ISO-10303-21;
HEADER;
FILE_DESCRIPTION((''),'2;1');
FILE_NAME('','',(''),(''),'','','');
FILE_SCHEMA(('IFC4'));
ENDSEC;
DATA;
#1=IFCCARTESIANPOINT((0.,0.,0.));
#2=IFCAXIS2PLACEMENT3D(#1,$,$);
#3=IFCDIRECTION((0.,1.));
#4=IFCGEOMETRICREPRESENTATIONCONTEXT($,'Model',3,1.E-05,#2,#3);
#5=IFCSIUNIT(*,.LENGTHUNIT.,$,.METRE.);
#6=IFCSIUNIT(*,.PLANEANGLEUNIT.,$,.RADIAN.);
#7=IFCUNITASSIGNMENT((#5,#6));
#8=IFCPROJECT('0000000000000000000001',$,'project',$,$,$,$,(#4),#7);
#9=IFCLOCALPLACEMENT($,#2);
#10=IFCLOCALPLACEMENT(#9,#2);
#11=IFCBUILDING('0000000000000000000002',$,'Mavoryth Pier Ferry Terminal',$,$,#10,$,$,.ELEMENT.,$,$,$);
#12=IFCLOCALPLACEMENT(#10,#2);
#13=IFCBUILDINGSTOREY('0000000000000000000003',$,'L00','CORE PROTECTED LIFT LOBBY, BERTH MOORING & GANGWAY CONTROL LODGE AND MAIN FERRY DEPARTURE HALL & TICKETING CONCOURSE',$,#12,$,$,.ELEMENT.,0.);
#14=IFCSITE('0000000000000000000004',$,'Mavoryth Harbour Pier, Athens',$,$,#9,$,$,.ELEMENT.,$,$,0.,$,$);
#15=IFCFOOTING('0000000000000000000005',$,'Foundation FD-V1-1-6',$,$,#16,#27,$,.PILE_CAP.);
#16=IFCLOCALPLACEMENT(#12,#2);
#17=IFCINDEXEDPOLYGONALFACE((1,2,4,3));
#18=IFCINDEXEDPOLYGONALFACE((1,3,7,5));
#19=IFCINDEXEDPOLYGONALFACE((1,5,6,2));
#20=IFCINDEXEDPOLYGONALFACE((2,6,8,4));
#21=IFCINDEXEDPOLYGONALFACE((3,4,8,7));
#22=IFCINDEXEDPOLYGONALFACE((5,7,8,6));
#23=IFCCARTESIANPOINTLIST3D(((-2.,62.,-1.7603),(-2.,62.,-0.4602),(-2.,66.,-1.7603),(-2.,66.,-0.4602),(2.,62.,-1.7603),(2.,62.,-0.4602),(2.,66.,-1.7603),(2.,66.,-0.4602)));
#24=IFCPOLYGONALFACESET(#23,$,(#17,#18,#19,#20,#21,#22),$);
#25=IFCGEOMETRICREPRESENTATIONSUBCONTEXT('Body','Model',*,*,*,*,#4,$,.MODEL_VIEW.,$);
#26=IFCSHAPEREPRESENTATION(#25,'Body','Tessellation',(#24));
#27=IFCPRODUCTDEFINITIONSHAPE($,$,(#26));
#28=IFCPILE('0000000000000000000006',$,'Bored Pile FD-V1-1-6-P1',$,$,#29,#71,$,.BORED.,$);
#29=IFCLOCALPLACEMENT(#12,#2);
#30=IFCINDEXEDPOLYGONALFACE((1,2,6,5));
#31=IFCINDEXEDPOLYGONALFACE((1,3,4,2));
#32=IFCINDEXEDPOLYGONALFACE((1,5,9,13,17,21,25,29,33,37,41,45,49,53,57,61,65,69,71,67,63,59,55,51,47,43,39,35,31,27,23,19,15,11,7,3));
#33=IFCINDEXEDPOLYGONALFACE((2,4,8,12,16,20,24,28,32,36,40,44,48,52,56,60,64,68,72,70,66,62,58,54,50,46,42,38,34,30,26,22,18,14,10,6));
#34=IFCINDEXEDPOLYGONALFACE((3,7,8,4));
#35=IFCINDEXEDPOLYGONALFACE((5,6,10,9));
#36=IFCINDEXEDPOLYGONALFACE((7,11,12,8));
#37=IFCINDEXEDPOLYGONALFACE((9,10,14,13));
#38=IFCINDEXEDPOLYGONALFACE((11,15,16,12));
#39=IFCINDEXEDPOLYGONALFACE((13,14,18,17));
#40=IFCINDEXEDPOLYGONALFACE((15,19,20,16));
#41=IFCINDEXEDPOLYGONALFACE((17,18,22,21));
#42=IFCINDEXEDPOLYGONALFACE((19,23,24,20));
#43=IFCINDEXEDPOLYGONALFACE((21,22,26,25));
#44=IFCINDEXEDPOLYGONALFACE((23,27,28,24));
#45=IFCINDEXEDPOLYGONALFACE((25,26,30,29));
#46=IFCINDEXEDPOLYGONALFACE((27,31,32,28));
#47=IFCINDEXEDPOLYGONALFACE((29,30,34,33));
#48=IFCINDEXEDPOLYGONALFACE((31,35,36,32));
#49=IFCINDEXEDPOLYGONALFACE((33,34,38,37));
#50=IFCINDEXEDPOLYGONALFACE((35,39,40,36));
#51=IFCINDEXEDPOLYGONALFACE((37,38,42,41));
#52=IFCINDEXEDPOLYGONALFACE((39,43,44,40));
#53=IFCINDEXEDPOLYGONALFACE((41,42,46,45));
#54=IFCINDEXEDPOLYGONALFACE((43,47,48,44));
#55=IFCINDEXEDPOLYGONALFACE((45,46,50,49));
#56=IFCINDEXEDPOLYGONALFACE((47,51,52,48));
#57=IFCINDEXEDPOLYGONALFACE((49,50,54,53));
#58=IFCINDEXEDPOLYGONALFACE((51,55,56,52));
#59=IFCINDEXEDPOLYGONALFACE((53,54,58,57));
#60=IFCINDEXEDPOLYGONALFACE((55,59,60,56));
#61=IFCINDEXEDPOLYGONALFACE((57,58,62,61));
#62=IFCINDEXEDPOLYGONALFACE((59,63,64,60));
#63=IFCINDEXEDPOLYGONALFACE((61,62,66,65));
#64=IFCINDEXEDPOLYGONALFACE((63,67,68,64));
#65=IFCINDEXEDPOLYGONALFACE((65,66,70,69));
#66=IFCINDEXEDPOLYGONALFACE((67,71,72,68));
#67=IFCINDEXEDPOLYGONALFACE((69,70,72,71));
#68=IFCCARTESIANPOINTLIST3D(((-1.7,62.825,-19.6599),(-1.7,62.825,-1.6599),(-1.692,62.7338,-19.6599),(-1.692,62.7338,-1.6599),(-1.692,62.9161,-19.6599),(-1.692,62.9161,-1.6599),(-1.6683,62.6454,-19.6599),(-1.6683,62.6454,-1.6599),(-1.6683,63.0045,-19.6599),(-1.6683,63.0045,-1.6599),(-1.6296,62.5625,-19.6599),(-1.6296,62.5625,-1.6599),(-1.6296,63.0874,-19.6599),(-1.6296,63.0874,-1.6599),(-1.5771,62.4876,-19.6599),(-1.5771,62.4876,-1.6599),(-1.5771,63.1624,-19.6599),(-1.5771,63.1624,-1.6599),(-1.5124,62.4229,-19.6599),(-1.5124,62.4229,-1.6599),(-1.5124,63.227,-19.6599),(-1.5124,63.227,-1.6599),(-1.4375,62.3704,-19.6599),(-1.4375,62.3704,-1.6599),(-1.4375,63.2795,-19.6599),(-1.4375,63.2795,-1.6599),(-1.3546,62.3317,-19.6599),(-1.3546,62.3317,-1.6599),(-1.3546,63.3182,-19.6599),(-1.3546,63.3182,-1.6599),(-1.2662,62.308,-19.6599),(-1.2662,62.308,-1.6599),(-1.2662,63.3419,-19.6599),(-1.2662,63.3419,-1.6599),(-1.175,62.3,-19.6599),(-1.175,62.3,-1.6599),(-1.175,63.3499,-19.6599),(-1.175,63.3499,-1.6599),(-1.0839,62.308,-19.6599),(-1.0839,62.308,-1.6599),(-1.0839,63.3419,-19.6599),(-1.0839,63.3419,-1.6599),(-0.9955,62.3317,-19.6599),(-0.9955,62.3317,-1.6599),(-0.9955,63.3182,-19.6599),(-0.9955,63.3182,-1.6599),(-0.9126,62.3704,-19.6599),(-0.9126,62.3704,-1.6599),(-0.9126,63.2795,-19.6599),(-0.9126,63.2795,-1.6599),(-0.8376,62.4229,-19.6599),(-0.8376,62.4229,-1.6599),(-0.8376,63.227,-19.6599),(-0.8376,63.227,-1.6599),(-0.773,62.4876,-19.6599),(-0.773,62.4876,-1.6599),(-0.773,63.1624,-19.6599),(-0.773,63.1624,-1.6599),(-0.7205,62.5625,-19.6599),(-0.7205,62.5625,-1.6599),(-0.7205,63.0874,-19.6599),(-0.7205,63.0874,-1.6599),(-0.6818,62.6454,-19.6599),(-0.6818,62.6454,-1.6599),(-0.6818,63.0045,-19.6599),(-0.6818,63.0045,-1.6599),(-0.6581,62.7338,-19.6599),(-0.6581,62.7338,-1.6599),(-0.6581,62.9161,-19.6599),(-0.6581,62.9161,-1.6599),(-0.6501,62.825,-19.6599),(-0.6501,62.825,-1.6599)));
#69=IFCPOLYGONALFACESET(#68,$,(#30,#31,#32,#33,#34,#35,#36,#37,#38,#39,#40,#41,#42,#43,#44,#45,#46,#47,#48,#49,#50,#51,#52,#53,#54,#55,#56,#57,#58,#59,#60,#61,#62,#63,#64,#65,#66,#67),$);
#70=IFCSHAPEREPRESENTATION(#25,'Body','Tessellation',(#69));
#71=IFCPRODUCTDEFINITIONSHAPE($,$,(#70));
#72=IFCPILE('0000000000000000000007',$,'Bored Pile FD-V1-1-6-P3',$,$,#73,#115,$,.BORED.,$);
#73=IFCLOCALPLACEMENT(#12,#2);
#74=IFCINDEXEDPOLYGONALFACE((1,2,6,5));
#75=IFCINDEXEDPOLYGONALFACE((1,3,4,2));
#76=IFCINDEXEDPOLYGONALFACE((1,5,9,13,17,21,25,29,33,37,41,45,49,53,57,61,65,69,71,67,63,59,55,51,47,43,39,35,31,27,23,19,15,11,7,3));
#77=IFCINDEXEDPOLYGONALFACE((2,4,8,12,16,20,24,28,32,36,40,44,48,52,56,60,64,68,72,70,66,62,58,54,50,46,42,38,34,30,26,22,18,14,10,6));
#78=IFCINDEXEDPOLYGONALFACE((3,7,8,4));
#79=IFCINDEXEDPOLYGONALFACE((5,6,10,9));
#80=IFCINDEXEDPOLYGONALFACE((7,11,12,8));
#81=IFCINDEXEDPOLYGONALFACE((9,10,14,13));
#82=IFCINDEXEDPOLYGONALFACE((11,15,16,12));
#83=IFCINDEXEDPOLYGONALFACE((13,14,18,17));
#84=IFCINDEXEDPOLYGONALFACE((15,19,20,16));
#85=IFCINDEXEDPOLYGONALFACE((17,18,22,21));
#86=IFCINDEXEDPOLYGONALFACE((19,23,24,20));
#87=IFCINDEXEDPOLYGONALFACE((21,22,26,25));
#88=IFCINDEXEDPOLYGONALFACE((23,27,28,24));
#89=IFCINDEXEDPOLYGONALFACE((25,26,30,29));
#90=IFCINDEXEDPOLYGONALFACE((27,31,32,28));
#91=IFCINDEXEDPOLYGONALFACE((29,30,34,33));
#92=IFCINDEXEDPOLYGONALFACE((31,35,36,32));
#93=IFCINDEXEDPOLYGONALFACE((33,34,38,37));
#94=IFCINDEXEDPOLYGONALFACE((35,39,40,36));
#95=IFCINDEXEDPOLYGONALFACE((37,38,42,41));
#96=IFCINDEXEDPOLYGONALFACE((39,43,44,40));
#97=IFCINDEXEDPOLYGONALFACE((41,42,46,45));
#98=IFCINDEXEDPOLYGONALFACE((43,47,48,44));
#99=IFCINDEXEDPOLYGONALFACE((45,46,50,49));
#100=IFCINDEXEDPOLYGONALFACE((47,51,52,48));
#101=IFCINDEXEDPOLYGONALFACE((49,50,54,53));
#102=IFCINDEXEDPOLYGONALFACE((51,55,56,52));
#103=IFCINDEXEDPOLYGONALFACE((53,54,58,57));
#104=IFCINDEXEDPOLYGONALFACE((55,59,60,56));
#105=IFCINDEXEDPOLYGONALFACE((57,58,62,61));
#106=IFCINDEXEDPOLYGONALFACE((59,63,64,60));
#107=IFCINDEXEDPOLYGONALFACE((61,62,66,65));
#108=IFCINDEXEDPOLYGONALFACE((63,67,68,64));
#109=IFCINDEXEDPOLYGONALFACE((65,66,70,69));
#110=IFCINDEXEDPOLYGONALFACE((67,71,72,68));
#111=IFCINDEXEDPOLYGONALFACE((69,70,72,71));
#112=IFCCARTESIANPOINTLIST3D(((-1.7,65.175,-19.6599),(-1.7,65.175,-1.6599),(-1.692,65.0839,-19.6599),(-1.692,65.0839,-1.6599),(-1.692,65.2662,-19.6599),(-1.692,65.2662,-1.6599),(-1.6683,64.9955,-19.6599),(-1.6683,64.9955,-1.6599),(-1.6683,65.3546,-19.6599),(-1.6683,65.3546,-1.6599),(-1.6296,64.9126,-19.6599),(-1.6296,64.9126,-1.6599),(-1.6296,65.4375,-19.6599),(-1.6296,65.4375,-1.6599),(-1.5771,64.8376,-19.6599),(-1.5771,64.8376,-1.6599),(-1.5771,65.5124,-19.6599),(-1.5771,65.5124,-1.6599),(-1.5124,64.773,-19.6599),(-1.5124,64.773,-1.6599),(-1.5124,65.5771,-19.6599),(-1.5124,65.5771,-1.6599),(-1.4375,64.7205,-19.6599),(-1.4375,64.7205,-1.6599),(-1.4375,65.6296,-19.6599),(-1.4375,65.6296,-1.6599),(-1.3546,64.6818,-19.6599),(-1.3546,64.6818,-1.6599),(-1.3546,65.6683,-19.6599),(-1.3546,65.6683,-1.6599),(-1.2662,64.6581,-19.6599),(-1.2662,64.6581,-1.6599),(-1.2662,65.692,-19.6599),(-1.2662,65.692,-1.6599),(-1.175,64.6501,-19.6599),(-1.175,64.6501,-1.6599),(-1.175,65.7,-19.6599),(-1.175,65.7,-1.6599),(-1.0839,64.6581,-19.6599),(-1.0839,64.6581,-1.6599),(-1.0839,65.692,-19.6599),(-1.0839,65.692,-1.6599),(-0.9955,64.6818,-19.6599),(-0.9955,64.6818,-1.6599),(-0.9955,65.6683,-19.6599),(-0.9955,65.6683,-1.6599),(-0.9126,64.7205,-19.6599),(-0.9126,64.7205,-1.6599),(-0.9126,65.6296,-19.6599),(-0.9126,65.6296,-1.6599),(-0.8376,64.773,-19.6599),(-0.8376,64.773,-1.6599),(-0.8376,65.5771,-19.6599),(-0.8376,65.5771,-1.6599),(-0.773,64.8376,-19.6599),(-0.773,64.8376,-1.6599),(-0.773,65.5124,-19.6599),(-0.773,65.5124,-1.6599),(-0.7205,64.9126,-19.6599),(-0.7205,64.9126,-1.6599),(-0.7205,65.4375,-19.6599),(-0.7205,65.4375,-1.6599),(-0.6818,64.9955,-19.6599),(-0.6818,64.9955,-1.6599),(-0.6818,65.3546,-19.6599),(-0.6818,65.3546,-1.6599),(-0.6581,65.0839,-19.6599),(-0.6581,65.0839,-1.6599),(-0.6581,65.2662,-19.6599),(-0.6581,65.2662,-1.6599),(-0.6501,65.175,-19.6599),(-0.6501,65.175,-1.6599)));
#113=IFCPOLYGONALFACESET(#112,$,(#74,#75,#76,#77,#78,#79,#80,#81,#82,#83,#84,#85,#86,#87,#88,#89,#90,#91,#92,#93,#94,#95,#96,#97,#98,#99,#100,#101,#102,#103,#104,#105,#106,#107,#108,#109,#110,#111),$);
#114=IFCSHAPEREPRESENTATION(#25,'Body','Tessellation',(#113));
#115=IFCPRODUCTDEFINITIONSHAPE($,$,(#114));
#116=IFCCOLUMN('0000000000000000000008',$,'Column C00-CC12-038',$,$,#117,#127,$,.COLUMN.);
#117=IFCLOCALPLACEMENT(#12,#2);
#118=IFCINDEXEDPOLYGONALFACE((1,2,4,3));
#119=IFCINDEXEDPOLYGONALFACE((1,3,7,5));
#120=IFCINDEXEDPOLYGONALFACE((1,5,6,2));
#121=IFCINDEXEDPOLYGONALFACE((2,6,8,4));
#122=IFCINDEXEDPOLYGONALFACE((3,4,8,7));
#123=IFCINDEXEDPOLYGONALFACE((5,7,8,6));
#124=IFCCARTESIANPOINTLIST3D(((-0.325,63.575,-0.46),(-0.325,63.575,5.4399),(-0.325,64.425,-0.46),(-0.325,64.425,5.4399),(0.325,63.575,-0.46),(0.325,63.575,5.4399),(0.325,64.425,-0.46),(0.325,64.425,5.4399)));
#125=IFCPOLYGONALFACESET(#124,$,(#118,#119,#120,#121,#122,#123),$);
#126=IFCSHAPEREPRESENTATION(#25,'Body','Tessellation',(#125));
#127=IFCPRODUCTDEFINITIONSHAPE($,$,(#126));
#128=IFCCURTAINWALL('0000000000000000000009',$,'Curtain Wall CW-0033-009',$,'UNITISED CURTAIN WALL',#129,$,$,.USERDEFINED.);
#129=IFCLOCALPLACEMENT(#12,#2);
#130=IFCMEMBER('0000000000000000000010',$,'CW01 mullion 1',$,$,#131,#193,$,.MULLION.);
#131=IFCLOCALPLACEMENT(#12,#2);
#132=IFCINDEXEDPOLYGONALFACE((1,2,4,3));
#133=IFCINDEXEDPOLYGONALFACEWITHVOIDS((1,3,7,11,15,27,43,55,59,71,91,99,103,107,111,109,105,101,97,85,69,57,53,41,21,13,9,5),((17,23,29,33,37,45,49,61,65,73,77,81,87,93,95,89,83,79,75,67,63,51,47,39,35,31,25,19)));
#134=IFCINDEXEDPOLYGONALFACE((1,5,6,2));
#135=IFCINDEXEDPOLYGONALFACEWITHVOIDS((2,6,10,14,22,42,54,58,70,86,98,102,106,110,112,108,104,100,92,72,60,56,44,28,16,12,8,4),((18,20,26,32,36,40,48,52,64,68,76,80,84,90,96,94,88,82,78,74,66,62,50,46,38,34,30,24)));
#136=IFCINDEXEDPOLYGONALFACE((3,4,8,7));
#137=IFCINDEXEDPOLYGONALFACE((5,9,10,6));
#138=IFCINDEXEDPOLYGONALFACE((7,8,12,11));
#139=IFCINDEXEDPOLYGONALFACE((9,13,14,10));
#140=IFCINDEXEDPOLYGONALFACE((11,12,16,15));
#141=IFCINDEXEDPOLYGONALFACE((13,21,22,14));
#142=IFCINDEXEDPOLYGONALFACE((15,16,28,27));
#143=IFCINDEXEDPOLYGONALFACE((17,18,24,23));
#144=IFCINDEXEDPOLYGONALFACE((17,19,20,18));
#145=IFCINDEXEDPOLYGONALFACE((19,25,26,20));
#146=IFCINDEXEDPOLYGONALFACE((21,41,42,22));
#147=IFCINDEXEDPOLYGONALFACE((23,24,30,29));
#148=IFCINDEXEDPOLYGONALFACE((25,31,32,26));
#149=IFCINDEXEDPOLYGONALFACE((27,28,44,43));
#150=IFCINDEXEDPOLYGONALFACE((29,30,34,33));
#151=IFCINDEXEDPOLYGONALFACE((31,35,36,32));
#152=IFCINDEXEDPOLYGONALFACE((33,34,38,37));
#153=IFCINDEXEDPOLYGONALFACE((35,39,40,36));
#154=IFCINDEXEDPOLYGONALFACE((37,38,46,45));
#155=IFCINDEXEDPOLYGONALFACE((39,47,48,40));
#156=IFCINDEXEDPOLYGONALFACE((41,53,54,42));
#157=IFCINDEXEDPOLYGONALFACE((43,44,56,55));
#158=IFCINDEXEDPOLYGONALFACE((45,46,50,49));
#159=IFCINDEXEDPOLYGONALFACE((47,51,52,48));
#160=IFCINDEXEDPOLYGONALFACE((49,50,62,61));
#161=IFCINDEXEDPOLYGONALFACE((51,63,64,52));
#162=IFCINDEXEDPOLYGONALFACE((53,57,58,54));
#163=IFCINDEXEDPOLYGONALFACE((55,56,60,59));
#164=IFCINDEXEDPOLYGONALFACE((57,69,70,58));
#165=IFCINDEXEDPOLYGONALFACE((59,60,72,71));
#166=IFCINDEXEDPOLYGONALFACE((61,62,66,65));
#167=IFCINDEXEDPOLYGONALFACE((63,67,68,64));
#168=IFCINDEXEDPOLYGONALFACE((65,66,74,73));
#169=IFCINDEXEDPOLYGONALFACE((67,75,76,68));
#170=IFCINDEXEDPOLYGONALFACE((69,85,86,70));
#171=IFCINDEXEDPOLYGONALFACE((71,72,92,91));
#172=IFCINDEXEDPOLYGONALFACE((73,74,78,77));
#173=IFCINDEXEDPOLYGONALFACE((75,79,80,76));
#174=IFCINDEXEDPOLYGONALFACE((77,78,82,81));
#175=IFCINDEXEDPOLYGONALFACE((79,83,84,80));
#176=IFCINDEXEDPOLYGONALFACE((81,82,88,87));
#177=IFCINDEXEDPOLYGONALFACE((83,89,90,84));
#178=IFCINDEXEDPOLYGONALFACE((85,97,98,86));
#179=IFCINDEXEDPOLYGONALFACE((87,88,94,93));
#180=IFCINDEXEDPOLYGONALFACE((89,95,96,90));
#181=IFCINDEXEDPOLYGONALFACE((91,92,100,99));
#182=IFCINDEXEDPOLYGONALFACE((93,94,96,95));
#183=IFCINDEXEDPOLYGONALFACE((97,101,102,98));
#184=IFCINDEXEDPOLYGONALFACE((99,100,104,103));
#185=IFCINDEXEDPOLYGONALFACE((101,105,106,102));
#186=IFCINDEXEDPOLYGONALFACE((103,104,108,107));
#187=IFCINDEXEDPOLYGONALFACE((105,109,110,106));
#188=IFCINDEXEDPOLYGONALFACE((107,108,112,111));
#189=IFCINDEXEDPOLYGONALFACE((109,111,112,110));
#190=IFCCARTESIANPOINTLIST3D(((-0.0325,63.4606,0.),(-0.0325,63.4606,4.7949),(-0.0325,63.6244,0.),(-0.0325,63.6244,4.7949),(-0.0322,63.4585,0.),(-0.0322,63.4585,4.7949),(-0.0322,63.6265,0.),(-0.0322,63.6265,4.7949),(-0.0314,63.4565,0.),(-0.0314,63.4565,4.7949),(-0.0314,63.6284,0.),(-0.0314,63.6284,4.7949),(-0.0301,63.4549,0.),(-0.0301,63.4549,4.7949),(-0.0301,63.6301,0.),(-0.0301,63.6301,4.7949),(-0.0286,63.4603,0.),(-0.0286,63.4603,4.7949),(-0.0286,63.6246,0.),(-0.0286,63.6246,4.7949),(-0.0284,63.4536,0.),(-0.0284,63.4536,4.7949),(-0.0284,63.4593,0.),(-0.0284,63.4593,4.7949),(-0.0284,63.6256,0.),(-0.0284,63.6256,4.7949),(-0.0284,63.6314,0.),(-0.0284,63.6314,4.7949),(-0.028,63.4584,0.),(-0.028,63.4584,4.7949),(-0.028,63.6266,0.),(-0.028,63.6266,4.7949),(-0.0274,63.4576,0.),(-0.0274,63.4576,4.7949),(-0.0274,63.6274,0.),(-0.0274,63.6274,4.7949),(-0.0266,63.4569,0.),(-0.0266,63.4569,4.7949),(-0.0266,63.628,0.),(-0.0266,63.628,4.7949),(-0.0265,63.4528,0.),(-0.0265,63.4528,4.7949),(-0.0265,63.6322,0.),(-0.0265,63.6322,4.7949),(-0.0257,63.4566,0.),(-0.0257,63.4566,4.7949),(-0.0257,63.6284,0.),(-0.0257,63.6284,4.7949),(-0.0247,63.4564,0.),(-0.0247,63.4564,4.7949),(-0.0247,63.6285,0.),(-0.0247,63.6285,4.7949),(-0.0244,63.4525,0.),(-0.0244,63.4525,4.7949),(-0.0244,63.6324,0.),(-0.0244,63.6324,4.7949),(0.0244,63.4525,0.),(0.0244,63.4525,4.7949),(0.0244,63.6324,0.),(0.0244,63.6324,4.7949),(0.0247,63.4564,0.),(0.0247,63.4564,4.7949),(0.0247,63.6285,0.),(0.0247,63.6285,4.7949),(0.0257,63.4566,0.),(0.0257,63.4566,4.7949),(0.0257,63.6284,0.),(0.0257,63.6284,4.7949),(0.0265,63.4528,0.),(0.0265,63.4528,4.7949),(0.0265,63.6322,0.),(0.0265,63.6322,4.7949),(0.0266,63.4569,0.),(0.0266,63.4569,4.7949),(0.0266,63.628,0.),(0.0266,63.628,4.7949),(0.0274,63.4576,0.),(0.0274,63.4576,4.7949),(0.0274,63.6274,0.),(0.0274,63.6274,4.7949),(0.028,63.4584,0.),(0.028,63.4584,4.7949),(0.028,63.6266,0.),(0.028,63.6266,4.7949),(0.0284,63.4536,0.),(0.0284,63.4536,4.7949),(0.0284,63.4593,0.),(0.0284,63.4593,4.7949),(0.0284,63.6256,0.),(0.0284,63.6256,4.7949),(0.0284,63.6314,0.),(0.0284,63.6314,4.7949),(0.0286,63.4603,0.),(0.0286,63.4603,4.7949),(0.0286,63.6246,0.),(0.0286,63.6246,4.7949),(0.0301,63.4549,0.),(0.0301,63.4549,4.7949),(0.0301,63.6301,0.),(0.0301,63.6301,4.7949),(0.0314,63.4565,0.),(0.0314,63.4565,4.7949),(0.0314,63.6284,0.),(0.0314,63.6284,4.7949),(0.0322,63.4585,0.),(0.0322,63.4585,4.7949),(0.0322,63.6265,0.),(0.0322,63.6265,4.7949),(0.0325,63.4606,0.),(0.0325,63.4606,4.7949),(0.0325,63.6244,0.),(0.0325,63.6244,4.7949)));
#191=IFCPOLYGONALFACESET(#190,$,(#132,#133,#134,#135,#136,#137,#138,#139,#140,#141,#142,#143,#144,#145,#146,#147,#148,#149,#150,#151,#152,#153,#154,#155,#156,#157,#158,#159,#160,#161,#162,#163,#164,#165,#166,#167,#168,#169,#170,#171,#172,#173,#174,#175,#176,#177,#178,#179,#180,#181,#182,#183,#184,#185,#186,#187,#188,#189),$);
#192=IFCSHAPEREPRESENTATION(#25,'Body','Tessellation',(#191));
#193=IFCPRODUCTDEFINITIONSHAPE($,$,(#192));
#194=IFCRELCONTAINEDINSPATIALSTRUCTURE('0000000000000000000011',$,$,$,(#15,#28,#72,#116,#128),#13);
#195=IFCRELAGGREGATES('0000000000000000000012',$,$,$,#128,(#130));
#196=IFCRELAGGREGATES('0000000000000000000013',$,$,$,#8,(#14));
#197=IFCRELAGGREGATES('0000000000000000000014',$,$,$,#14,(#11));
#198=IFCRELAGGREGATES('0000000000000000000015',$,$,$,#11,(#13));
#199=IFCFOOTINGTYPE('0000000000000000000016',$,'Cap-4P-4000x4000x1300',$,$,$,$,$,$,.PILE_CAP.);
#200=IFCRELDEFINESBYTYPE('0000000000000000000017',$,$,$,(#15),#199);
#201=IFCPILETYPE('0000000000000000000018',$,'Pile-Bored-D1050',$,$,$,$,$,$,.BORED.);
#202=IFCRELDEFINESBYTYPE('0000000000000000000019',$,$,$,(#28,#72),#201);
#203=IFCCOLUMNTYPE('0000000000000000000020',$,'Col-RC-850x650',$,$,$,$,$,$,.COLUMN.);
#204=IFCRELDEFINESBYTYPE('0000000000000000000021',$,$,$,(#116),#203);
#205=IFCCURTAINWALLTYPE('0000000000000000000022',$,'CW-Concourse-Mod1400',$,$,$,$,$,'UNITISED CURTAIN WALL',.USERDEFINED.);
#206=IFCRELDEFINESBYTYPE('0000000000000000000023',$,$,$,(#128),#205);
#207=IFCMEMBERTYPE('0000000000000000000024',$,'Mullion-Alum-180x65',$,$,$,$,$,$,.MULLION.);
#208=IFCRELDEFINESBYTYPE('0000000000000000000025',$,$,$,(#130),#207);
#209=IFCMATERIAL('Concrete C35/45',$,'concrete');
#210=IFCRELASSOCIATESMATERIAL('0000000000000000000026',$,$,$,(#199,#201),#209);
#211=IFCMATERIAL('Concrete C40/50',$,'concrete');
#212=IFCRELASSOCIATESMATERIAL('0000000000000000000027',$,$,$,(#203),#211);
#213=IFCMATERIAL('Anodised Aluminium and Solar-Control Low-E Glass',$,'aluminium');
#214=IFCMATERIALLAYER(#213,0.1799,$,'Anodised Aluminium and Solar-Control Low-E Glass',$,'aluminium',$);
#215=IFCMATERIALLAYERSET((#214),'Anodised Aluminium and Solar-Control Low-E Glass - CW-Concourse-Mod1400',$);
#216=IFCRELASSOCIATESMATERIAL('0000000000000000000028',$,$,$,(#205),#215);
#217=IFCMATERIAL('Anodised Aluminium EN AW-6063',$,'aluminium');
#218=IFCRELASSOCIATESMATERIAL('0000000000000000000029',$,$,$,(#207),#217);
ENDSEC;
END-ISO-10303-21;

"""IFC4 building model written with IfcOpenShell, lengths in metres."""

from ifc_helpers import new_model, si_unit, direction, frame, origin, origin_2d, place, context, subcontext, project, spatial, rectangle, hollow_rectangle, circle, extrude, material, layer, layer_set, material_profile, profile_set, type_object, element, aggregate, save


model = new_model("IFC4")

# Units and contexts
model_context = context("Model", 3, precision=1e-05, world=origin(), true_north=direction((0.0, 1.0)))
body_context = subcontext(model_context, "Body", "Model", "MODEL_VIEW")
ifc_project = project(units=[si_unit("LENGTHUNIT", "METRE"), si_unit("PLANEANGLEUNIT", "RADIAN")], contexts=[model_context])

# Site, building, storey
site_placement = place(None, origin())
site = spatial("IfcSite", under=ifc_project, at=site_placement, Name="Mavoryth Harbour Pier, Athens", CompositionType="ELEMENT", RefElevation=0.0)
building_placement = place(site_placement, origin())
building = spatial("IfcBuilding", under=site, at=building_placement, Name="Mavoryth Pier Ferry Terminal", CompositionType="ELEMENT")
storey_placement = place(building_placement, origin())
storey = spatial("IfcBuildingStorey", under=building, at=storey_placement, Name="L00", Description="CORE PROTECTED LIFT LOBBY, BERTH MOORING & GANGWAY CONTROL LODGE AND MAIN FERRY DEPARTURE HALL & TICKETING CONCOURSE", CompositionType="ELEMENT", Elevation=0.0)

# Footing
ifc_material_1 = material(Name="Concrete C35/45", Category="concrete")
footing_type = type_object("IfcFootingType", Name="Cap-4P-4000x4000x1300", PredefinedType="PILE_CAP", material=ifc_material_1)
footing_placement = place(storey_placement, frame((0.0, 64.0, -1.7603), z_axis=(0.0, 0.0, 1.0), x_axis=(1.0, 0.0, 0.0)))
element("IfcFooting", 1, at=footing_placement, inside=storey, type_object=footing_type, Name="Foundation FD-V1-1-6", PredefinedType="PILE_CAP", context=body_context, shape_type="SweptSolid", body=[
    extrude(rectangle(XDim=4.0, YDim=4.0, at=origin_2d()), origin(), (0.0, 0.0, 1.0), 1.3),
])

# Piles
ifc_material_profile_1 = material_profile(ifc_material_1, circle(Radius=0.5249, at=origin_2d()), Name="PILE D1050", Category="concrete")
ifc_profile_set_1 = profile_set([ifc_material_profile_1], Name="Concrete C35/45 - PILE D1050")
pile_type = type_object("IfcPileType", Name="Pile-Bored-D1050", PredefinedType="BORED", material=ifc_profile_set_1)
for number, where, z_axis, x_axis, name in (
    (2, (-1.175, 62.825, -1.6599), (0.0, 0.0, -1.0), (1.0, 0.0, 0.0), "Bored Pile FD-V1-1-6-P1"),
    (3, (-1.175, 65.175, -1.6599), (0.0, 0.0, -1.0), (1.0, 0.0, 0.0), "Bored Pile FD-V1-1-6-P3"),
):
    element("IfcPile", number, at=place(storey_placement, frame(where, z_axis=z_axis, x_axis=x_axis)), inside=storey, type_object=pile_type, Name=name, PredefinedType="BORED", context=body_context, shape_type="SweptSolid", body=[
        extrude(circle(Radius=0.5249, at=origin_2d()), origin(), (0.0, 0.0, 1.0), 18.0),
    ])

# Column
ifc_material_2 = material(Name="Concrete C40/50", Category="concrete")
ifc_material_profile_2 = material_profile(ifc_material_2, rectangle(XDim=0.6499, YDim=0.8501, at=origin_2d()), Name="RC 850x650", Category="concrete")
ifc_profile_set_2 = profile_set([ifc_material_profile_2], Name="Concrete C40/50 - RC 850x650")
column_type = type_object("IfcColumnType", Name="Col-RC-850x650", PredefinedType="COLUMN", material=ifc_profile_set_2)
column_placement = place(storey_placement, frame((0.0, 64.0, -0.46), z_axis=(0.0, 0.0, 1.0), x_axis=(1.0, 0.0, 0.0)))
element("IfcColumn", 4, at=column_placement, inside=storey, type_object=column_type, Name="Column C00-CC12-038", PredefinedType="COLUMN", context=body_context, shape_type="SweptSolid", body=[
    extrude(rectangle(XDim=0.6499, YDim=0.8501, at=origin_2d()), origin(), (0.0, 0.0, 1.0), 5.8999),
])

# Curtain wall, member
ifc_material_3 = material(Name="Anodised Aluminium and Solar-Control Low-E Glass", Category="aluminium")
ifc_layer_1 = layer(ifc_material_3, 0.1799, Name="Anodised Aluminium and Solar-Control Low-E Glass", Category="aluminium")
ifc_layer_set_1 = layer_set([ifc_layer_1], Name="Anodised Aluminium and Solar-Control Low-E Glass - CW-Concourse-Mod1400")
curtain_wall_type = type_object("IfcCurtainWallType", Name="CW-Concourse-Mod1400", ElementType="UNITISED CURTAIN WALL", PredefinedType="USERDEFINED", material=ifc_layer_set_1)
curtain_wall_1_placement = place(storey_placement, origin())
curtain_wall_1 = element("IfcCurtainWall", 5, at=curtain_wall_1_placement, inside=storey, type_object=curtain_wall_type, Name="Curtain Wall CW-0033-009", ObjectType="UNITISED CURTAIN WALL", PredefinedType="USERDEFINED")
ifc_material_4 = material(Name="Anodised Aluminium EN AW-6063", Category="aluminium")
ifc_material_profile_3 = material_profile(ifc_material_4, hollow_rectangle(XDim=0.0649, YDim=0.1799, WallThickness=0.0039, InnerFilletRadius=0.0039, OuterFilletRadius=0.0081, at=origin_2d()), Name="AL-MULL 180x65x4", Category="aluminium")
ifc_profile_set_3 = profile_set([ifc_material_profile_3], Name="Anodised Aluminium EN AW-6063 - AL-MULL 180x65x4")
member_type_1 = type_object("IfcMemberType", Name="Mullion-Alum-180x65", PredefinedType="MULLION", material=ifc_profile_set_3)
member_1_placement = place(storey_placement, frame((0.0, 63.5425, 0.0), z_axis=(0.0, 0.0, 1.0), x_axis=(1.0, 0.0, 0.0)))
member_1 = element("IfcMember", 6, at=member_1_placement, type_object=member_type_1, Name="CW01 mullion 1", PredefinedType="MULLION", context=body_context, shape_type="SweptSolid", body=[
    extrude(hollow_rectangle(XDim=0.0649, YDim=0.1799, WallThickness=0.0039, InnerFilletRadius=0.0039, OuterFilletRadius=0.0081, at=origin_2d()), origin(), (0.0, 0.0, 1.0), 4.7949),
])

aggregate(curtain_wall_1, [member_1])

save(model, "model.ifc")
